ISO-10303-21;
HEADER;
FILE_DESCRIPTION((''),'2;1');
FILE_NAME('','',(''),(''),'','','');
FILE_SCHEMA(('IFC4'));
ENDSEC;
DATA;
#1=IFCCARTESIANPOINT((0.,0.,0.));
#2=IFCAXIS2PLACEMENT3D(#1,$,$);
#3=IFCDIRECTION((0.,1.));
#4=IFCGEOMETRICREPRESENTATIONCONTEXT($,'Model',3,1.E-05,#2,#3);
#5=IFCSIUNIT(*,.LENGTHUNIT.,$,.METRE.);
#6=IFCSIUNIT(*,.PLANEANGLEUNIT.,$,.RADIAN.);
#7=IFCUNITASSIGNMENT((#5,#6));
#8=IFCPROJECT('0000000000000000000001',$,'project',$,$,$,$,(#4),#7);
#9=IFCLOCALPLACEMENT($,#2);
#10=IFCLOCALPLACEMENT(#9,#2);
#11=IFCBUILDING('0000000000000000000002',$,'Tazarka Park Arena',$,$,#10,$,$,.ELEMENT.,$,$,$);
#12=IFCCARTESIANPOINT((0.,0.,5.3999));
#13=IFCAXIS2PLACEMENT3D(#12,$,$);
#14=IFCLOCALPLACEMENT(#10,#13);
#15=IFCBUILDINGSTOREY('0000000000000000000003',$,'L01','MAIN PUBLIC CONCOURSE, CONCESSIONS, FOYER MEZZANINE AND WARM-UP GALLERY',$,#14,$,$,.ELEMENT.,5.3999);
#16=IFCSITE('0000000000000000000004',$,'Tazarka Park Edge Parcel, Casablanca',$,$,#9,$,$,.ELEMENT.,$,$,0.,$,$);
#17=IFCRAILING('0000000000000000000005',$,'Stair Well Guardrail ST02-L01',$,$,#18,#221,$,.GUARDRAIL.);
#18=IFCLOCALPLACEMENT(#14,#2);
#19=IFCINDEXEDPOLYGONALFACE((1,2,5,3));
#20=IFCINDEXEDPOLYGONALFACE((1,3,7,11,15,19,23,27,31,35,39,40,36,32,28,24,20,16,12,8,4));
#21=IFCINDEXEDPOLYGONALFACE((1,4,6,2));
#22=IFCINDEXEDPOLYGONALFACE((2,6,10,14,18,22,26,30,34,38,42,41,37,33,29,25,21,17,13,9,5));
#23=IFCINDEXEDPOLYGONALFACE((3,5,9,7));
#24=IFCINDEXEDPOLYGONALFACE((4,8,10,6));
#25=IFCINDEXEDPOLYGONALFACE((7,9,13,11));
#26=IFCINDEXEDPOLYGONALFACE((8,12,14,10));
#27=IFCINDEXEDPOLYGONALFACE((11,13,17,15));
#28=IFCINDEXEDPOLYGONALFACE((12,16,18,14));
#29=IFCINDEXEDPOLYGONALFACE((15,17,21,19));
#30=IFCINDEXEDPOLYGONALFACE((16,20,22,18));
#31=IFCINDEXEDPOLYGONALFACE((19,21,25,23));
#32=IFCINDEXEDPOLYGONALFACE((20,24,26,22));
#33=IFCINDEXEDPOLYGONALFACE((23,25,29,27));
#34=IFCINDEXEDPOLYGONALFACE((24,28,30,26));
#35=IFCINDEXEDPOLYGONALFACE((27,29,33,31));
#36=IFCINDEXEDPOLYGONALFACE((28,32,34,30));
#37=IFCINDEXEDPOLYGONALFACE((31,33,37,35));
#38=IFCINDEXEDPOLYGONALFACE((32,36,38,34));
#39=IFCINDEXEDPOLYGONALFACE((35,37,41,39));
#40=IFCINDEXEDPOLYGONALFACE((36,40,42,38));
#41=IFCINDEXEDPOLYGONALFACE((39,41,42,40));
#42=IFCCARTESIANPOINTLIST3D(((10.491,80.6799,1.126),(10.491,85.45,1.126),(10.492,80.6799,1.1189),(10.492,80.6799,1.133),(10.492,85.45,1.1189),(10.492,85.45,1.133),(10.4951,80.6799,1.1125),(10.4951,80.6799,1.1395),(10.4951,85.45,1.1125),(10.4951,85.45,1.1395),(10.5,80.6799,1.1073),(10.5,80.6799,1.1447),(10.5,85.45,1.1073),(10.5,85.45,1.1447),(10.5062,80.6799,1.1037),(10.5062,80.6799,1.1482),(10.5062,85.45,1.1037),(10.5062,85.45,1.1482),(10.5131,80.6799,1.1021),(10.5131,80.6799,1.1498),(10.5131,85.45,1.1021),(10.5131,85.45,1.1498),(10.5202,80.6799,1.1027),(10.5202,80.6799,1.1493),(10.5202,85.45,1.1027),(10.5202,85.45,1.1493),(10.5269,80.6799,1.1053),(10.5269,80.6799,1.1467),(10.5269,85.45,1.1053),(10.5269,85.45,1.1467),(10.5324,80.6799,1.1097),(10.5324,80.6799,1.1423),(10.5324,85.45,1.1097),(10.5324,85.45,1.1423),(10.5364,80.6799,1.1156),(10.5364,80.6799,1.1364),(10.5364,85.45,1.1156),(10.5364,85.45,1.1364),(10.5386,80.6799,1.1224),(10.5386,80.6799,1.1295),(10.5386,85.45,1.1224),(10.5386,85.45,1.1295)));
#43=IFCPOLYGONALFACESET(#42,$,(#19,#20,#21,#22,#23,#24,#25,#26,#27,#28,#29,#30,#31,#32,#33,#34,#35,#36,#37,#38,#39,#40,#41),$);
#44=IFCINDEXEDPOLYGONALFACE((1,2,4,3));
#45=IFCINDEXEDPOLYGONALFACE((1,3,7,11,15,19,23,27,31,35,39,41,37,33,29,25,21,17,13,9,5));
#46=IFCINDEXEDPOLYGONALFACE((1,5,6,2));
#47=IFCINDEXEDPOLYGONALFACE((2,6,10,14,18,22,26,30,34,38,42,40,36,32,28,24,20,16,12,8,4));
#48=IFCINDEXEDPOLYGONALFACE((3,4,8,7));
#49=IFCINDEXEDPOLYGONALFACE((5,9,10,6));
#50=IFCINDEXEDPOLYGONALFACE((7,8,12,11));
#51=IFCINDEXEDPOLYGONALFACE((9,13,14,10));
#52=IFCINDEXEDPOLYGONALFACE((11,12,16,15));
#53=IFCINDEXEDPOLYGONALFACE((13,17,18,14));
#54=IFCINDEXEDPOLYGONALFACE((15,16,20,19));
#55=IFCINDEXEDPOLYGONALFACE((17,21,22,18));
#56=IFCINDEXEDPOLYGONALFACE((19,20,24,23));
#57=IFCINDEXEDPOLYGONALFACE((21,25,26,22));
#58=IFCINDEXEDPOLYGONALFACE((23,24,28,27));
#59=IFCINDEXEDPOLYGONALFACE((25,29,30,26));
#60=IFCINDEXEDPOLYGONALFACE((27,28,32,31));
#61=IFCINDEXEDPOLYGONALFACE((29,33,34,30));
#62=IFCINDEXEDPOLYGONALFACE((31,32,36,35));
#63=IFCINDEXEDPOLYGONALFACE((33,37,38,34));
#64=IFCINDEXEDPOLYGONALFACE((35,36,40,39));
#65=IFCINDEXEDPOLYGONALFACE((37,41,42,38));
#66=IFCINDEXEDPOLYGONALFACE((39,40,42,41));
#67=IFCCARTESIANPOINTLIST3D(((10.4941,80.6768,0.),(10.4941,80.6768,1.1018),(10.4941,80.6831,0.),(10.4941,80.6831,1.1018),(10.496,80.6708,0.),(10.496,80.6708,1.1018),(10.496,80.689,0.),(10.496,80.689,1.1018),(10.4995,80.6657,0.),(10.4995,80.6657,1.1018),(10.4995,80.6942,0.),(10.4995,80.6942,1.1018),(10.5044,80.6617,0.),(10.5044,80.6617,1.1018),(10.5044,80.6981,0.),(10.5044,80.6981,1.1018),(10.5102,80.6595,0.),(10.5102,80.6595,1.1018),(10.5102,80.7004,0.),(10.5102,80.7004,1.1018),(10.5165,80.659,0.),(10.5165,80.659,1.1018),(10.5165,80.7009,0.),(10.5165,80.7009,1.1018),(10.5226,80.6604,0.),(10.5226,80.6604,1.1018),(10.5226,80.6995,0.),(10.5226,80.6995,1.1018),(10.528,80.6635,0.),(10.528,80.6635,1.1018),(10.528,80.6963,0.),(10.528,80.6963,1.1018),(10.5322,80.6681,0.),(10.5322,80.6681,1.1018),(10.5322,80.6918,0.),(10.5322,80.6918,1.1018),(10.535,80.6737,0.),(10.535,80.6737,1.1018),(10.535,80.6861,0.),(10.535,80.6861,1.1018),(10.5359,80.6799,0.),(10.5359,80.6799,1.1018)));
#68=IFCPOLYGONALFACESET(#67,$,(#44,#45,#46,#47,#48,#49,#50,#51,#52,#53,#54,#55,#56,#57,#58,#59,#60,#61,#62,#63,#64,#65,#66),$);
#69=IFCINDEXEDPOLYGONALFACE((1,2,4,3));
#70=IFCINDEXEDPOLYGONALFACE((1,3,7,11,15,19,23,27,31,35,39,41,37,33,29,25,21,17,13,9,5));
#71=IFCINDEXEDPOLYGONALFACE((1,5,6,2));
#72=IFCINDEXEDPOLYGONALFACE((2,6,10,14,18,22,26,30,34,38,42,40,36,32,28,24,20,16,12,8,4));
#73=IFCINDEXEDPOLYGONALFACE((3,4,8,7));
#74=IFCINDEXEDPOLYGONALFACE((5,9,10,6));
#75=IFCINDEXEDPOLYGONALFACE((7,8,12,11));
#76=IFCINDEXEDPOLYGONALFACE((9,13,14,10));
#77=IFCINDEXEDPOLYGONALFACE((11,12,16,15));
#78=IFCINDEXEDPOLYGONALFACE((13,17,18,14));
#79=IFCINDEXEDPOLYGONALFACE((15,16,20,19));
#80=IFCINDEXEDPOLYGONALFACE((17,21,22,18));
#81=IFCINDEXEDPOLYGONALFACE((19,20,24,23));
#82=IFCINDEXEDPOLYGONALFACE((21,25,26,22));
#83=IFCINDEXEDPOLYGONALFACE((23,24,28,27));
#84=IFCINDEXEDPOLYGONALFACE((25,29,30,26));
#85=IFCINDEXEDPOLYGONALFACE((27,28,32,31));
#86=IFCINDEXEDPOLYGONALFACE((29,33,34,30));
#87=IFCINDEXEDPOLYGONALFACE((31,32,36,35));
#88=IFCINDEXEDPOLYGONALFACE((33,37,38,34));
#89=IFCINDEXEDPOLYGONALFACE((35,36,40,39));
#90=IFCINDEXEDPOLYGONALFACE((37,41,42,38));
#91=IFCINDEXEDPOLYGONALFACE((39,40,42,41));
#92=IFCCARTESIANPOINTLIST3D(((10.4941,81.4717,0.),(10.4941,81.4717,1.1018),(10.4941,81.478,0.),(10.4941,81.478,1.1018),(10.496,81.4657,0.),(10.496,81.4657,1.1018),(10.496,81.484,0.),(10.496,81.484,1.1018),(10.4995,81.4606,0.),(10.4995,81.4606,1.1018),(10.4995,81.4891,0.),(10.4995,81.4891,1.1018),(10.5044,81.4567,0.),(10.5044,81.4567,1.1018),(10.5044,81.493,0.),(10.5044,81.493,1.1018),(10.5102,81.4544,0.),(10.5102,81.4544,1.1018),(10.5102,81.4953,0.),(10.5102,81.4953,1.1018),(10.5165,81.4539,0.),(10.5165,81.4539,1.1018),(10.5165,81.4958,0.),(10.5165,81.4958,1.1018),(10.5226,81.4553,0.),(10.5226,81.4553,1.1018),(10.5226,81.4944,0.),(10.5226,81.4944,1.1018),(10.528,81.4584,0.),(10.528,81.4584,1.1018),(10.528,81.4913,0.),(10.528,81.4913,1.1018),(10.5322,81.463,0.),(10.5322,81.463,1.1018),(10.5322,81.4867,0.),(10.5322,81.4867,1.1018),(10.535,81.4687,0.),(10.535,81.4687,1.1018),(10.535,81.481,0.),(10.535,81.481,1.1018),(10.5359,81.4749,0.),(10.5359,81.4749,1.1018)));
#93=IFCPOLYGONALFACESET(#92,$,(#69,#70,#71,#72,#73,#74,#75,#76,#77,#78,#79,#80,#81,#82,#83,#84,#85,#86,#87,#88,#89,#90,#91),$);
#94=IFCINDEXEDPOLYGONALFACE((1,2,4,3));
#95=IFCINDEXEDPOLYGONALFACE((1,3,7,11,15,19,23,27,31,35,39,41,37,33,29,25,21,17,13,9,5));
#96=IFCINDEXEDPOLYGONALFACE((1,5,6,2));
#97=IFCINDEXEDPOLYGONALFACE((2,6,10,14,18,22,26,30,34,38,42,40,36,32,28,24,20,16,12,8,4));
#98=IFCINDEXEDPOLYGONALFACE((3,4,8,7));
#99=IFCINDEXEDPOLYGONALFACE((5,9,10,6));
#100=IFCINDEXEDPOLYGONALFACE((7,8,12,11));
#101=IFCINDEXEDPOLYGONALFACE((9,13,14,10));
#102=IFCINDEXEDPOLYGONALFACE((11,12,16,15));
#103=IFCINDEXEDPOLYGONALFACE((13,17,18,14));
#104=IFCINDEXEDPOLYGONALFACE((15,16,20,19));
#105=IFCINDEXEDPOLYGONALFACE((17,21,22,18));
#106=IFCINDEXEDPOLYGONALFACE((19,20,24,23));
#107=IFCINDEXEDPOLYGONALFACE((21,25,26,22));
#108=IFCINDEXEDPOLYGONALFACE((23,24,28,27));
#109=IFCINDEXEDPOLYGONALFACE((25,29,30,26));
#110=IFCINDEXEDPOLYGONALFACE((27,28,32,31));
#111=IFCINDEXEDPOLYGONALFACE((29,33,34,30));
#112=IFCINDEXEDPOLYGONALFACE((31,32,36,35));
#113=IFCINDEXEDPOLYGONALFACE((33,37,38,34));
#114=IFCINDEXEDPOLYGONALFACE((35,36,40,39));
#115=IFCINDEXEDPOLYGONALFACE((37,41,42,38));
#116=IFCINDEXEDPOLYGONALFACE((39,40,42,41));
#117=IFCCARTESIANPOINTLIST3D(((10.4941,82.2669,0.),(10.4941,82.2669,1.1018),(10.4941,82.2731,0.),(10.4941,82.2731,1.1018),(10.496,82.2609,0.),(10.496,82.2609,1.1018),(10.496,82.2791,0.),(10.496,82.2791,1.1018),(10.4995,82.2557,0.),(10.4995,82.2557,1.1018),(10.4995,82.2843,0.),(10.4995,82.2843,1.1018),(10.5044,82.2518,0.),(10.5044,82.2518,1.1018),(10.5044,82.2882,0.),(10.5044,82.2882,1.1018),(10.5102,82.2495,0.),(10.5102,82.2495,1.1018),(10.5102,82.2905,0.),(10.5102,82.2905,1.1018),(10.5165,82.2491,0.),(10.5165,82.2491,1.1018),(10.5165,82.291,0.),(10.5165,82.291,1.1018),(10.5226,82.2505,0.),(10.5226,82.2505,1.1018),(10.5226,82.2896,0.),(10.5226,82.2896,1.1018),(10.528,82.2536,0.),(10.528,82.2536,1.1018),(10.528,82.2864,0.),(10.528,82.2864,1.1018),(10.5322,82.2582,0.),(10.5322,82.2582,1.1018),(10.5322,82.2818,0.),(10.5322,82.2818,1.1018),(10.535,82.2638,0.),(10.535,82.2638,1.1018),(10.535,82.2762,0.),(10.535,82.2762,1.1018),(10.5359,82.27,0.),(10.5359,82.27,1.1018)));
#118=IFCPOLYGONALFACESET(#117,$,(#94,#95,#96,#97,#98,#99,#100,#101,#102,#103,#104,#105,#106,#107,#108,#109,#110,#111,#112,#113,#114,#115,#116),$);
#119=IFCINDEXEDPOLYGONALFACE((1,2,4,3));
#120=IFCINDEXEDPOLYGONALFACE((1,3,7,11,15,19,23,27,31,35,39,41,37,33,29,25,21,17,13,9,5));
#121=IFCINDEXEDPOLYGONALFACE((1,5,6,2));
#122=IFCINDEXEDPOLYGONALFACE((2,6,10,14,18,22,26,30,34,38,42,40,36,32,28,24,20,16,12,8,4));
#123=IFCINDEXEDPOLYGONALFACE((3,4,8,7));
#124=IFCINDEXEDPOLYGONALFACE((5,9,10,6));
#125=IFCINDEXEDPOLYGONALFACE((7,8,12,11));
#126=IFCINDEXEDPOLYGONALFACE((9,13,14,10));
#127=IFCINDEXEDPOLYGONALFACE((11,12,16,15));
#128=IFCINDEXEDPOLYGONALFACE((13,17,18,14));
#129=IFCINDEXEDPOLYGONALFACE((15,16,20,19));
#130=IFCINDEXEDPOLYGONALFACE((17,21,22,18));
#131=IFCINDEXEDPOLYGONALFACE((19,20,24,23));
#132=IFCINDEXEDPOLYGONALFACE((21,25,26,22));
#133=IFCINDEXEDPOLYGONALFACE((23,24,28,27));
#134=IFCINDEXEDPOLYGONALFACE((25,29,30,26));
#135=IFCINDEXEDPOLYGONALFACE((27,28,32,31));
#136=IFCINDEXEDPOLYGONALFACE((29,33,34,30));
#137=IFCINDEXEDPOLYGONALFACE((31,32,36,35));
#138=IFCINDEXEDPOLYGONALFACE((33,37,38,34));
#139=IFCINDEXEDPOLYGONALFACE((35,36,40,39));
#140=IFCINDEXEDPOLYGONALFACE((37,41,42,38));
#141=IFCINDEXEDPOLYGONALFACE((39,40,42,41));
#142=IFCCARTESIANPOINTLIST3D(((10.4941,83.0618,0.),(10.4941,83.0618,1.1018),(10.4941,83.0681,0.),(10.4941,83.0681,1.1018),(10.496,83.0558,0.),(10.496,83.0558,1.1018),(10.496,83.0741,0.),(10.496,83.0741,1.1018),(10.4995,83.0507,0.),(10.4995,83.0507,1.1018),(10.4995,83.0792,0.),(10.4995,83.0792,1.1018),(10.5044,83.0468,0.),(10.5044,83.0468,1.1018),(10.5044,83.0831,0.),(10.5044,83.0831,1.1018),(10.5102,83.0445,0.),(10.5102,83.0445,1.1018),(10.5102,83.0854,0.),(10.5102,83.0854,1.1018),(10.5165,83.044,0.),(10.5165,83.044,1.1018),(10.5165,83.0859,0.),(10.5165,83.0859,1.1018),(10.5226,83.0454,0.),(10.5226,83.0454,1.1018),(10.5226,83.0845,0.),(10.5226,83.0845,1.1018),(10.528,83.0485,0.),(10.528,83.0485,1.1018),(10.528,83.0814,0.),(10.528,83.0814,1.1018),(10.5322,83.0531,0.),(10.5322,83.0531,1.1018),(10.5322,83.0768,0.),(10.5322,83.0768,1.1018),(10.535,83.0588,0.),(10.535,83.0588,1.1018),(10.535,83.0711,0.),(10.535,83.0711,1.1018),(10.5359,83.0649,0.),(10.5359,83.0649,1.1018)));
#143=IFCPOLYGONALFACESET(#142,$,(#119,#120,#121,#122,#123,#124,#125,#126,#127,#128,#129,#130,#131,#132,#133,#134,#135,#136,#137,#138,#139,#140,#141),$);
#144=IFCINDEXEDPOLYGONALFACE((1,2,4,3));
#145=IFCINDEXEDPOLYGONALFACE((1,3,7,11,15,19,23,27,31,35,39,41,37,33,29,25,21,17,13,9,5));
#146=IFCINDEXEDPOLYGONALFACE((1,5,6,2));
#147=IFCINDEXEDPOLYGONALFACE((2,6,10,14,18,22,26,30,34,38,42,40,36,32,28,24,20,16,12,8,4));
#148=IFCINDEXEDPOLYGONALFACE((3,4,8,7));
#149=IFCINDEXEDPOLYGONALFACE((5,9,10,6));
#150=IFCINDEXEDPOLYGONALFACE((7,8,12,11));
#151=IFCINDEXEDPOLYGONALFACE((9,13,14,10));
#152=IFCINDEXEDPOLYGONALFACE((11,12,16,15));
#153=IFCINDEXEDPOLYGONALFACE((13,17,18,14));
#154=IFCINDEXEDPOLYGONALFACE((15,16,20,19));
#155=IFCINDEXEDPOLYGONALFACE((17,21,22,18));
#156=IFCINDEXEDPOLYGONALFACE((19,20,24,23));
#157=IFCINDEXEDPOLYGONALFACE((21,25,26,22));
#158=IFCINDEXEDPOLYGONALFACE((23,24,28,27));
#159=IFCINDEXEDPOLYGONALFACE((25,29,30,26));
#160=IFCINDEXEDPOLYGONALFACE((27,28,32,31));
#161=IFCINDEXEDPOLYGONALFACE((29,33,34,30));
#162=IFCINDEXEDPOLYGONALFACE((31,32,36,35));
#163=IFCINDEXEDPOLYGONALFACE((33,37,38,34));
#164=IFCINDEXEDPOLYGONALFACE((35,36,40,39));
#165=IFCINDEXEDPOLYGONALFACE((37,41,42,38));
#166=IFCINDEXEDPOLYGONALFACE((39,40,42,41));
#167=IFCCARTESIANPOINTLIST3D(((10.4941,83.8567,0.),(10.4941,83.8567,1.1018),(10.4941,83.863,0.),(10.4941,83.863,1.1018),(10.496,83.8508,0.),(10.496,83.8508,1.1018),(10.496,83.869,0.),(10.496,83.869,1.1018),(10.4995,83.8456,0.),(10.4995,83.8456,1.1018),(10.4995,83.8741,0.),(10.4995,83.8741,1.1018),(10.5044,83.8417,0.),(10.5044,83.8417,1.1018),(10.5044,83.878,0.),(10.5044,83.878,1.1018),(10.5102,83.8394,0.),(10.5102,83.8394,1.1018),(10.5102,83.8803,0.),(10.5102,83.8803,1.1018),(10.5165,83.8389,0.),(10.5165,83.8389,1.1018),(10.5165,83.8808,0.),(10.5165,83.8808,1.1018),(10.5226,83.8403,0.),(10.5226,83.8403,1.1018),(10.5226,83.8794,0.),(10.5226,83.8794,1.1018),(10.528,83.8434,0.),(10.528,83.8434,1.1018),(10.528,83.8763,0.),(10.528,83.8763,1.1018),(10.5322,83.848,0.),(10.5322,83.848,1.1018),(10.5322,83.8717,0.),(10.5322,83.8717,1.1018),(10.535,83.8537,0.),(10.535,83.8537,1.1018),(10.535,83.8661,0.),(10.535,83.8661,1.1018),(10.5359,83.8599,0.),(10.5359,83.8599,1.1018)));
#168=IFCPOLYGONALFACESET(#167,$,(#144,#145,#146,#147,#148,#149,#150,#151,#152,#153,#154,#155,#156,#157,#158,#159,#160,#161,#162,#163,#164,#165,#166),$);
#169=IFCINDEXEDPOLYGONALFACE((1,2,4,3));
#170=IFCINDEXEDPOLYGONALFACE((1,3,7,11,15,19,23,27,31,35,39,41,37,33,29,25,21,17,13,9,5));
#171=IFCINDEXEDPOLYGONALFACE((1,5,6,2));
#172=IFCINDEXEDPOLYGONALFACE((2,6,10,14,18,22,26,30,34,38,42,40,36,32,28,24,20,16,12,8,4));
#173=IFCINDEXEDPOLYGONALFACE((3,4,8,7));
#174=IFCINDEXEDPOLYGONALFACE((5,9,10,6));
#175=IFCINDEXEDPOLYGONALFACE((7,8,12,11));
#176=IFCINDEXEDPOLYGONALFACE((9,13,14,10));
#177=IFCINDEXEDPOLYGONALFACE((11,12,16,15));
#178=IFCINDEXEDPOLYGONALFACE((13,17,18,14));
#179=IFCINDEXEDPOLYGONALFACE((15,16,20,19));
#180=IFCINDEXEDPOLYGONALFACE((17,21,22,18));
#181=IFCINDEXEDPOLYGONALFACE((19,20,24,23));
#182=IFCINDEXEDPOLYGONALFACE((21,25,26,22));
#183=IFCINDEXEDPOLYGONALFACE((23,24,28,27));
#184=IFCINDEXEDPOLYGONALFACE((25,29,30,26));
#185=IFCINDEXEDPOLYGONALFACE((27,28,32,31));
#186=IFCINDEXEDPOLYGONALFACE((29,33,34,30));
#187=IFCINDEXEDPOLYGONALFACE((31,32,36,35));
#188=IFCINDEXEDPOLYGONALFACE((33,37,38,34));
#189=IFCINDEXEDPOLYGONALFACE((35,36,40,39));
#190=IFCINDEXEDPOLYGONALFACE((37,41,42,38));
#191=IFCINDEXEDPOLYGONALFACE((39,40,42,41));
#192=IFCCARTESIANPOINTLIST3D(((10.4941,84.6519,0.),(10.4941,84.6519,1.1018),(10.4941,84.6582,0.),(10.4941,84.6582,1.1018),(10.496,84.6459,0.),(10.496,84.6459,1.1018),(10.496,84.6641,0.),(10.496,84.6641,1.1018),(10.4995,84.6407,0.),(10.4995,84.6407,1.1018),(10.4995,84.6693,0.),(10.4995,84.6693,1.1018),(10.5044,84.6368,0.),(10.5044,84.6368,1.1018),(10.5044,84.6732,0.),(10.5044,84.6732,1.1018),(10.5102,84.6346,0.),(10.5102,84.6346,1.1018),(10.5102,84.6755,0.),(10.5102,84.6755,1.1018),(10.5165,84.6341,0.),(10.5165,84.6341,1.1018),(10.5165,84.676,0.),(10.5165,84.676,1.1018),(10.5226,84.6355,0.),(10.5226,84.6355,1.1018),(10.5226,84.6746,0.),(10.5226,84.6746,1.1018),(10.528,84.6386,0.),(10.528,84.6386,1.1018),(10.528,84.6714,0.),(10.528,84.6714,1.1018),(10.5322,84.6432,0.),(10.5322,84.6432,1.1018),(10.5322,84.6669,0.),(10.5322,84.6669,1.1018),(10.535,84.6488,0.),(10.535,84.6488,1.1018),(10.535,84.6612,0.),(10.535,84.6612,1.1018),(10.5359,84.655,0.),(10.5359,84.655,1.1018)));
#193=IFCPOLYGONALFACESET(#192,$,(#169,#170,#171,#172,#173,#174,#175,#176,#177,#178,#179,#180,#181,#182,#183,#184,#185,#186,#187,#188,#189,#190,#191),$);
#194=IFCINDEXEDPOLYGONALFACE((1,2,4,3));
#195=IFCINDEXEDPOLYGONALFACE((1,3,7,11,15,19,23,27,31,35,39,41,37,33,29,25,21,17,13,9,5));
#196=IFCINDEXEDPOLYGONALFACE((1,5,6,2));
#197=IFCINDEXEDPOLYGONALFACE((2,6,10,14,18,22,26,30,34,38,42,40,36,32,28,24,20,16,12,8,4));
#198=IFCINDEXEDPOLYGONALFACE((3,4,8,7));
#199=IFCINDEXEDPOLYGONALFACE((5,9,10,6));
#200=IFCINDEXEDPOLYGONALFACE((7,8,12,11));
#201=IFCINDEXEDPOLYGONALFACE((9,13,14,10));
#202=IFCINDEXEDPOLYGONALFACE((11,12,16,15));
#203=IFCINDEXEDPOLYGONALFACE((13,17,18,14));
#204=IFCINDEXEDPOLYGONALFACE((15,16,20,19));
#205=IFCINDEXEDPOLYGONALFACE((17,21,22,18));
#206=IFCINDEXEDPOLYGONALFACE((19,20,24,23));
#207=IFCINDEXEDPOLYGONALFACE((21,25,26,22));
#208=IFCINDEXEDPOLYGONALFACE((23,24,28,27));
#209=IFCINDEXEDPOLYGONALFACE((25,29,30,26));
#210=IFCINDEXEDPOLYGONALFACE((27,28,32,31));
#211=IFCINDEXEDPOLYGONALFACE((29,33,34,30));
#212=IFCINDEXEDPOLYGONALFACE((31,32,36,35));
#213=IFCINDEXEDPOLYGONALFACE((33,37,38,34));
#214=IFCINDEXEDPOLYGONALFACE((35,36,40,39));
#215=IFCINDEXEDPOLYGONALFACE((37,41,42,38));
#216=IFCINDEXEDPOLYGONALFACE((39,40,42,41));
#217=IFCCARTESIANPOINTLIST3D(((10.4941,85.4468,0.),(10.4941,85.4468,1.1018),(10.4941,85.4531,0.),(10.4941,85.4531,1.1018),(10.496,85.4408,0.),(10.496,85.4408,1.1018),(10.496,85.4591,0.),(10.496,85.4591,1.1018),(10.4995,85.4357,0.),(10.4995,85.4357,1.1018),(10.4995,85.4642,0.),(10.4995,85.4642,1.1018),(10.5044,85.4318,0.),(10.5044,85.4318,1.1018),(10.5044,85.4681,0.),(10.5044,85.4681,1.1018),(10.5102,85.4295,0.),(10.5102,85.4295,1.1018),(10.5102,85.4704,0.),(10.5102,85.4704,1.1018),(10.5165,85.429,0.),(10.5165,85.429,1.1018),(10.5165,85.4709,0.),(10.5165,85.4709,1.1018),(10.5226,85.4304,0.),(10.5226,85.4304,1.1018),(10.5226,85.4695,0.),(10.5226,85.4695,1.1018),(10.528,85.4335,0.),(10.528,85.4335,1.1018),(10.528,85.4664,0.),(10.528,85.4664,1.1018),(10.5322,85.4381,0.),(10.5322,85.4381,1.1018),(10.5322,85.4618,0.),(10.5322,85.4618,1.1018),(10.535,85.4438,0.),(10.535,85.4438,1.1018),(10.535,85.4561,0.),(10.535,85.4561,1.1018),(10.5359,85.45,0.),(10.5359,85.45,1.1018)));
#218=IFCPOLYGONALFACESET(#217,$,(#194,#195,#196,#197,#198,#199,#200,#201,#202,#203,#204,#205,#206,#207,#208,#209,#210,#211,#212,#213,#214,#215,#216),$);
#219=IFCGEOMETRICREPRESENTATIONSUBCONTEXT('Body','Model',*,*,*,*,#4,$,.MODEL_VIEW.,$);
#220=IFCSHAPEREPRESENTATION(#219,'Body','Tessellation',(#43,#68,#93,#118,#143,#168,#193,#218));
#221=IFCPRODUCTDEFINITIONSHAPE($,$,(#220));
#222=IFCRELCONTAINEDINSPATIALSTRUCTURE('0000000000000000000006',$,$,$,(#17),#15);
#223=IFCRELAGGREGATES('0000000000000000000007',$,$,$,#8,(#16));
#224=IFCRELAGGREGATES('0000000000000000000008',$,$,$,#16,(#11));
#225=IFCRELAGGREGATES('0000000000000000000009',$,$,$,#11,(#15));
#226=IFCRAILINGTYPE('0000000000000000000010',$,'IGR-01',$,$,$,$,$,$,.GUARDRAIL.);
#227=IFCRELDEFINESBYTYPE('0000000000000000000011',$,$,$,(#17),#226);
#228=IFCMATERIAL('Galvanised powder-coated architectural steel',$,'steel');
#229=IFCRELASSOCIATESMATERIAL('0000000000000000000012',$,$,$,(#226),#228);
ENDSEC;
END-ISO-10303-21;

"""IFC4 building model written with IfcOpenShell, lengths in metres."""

from ifc_helpers import new_model, si_unit, direction, frame, origin, origin_2d, place, context, subcontext, project, spatial, circle, extrude, material, type_object, element, save


model = new_model("IFC4")

# Units and contexts
model_context = context("Model", 3, precision=1e-05, world=origin(), true_north=direction((0.0, 1.0)))
body_context = subcontext(model_context, "Body", "Model", "MODEL_VIEW")
ifc_project = project(units=[si_unit("LENGTHUNIT", "METRE"), si_unit("PLANEANGLEUNIT", "RADIAN")], contexts=[model_context])

# Site, building, storey
site_placement = place(None, origin())
site = spatial("IfcSite", under=ifc_project, at=site_placement, Name="Tazarka Park Edge Parcel, Casablanca", CompositionType="ELEMENT", RefElevation=0.0)
building_placement = place(site_placement, origin())
building = spatial("IfcBuilding", under=site, at=building_placement, Name="Tazarka Park Arena", CompositionType="ELEMENT")
storey_placement = place(building_placement, frame((0.0, 0.0, 5.3999)))
storey = spatial("IfcBuildingStorey", under=building, at=storey_placement, Name="L01", Description="MAIN PUBLIC CONCOURSE, CONCESSIONS, FOYER MEZZANINE AND WARM-UP GALLERY", CompositionType="ELEMENT", Elevation=5.3999)

# Railing
ifc_material_1 = material(Name="Galvanised powder-coated architectural steel", Category="steel")
railing_type = type_object("IfcRailingType", Name="IGR-01", PredefinedType="GUARDRAIL", material=ifc_material_1)
railing_1_placement = place(storey_placement, frame((10.5149, 80.6799, 0.0)))
element("IfcRailing", 1, at=railing_1_placement, inside=storey, type_object=railing_type, Name="Stair Well Guardrail ST02-L01", PredefinedType="GUARDRAIL", context=body_context, shape_type="SweptSolid", body=[
    extrude(circle(Radius=0.0239, at=origin_2d()), frame((0.0, 0.0, 1.126), z_axis=(0.0, 1.0, 0.0), x_axis=(-1.0, 0.0, 0.0)), (0.0, 0.0, 1.0), 4.77),
    extrude(circle(Radius=0.021, at=origin_2d()), origin(), (0.0, 0.0, 1.0), 1.1018),
    extrude(circle(Radius=0.021, at=origin_2d()), frame((0.0, 0.7949, 0.0)), (0.0, 0.0, 1.0), 1.1018),
    extrude(circle(Radius=0.021, at=origin_2d()), frame((0.0, 1.5901, 0.0)), (0.0, 0.0, 1.0), 1.1018),
    extrude(circle(Radius=0.021, at=origin_2d()), frame((0.0, 2.385, 0.0)), (0.0, 0.0, 1.0), 1.1018),
    extrude(circle(Radius=0.021, at=origin_2d()), frame((0.0, 3.1799, 0.0)), (0.0, 0.0, 1.0), 1.1018),
    extrude(circle(Radius=0.021, at=origin_2d()), frame((0.0, 3.9751, 0.0)), (0.0, 0.0, 1.0), 1.1018),
    extrude(circle(Radius=0.021, at=origin_2d()), frame((0.0, 4.77, 0.0)), (0.0, 0.0, 1.0), 1.1018),
])

save(model, "model.ifc")
